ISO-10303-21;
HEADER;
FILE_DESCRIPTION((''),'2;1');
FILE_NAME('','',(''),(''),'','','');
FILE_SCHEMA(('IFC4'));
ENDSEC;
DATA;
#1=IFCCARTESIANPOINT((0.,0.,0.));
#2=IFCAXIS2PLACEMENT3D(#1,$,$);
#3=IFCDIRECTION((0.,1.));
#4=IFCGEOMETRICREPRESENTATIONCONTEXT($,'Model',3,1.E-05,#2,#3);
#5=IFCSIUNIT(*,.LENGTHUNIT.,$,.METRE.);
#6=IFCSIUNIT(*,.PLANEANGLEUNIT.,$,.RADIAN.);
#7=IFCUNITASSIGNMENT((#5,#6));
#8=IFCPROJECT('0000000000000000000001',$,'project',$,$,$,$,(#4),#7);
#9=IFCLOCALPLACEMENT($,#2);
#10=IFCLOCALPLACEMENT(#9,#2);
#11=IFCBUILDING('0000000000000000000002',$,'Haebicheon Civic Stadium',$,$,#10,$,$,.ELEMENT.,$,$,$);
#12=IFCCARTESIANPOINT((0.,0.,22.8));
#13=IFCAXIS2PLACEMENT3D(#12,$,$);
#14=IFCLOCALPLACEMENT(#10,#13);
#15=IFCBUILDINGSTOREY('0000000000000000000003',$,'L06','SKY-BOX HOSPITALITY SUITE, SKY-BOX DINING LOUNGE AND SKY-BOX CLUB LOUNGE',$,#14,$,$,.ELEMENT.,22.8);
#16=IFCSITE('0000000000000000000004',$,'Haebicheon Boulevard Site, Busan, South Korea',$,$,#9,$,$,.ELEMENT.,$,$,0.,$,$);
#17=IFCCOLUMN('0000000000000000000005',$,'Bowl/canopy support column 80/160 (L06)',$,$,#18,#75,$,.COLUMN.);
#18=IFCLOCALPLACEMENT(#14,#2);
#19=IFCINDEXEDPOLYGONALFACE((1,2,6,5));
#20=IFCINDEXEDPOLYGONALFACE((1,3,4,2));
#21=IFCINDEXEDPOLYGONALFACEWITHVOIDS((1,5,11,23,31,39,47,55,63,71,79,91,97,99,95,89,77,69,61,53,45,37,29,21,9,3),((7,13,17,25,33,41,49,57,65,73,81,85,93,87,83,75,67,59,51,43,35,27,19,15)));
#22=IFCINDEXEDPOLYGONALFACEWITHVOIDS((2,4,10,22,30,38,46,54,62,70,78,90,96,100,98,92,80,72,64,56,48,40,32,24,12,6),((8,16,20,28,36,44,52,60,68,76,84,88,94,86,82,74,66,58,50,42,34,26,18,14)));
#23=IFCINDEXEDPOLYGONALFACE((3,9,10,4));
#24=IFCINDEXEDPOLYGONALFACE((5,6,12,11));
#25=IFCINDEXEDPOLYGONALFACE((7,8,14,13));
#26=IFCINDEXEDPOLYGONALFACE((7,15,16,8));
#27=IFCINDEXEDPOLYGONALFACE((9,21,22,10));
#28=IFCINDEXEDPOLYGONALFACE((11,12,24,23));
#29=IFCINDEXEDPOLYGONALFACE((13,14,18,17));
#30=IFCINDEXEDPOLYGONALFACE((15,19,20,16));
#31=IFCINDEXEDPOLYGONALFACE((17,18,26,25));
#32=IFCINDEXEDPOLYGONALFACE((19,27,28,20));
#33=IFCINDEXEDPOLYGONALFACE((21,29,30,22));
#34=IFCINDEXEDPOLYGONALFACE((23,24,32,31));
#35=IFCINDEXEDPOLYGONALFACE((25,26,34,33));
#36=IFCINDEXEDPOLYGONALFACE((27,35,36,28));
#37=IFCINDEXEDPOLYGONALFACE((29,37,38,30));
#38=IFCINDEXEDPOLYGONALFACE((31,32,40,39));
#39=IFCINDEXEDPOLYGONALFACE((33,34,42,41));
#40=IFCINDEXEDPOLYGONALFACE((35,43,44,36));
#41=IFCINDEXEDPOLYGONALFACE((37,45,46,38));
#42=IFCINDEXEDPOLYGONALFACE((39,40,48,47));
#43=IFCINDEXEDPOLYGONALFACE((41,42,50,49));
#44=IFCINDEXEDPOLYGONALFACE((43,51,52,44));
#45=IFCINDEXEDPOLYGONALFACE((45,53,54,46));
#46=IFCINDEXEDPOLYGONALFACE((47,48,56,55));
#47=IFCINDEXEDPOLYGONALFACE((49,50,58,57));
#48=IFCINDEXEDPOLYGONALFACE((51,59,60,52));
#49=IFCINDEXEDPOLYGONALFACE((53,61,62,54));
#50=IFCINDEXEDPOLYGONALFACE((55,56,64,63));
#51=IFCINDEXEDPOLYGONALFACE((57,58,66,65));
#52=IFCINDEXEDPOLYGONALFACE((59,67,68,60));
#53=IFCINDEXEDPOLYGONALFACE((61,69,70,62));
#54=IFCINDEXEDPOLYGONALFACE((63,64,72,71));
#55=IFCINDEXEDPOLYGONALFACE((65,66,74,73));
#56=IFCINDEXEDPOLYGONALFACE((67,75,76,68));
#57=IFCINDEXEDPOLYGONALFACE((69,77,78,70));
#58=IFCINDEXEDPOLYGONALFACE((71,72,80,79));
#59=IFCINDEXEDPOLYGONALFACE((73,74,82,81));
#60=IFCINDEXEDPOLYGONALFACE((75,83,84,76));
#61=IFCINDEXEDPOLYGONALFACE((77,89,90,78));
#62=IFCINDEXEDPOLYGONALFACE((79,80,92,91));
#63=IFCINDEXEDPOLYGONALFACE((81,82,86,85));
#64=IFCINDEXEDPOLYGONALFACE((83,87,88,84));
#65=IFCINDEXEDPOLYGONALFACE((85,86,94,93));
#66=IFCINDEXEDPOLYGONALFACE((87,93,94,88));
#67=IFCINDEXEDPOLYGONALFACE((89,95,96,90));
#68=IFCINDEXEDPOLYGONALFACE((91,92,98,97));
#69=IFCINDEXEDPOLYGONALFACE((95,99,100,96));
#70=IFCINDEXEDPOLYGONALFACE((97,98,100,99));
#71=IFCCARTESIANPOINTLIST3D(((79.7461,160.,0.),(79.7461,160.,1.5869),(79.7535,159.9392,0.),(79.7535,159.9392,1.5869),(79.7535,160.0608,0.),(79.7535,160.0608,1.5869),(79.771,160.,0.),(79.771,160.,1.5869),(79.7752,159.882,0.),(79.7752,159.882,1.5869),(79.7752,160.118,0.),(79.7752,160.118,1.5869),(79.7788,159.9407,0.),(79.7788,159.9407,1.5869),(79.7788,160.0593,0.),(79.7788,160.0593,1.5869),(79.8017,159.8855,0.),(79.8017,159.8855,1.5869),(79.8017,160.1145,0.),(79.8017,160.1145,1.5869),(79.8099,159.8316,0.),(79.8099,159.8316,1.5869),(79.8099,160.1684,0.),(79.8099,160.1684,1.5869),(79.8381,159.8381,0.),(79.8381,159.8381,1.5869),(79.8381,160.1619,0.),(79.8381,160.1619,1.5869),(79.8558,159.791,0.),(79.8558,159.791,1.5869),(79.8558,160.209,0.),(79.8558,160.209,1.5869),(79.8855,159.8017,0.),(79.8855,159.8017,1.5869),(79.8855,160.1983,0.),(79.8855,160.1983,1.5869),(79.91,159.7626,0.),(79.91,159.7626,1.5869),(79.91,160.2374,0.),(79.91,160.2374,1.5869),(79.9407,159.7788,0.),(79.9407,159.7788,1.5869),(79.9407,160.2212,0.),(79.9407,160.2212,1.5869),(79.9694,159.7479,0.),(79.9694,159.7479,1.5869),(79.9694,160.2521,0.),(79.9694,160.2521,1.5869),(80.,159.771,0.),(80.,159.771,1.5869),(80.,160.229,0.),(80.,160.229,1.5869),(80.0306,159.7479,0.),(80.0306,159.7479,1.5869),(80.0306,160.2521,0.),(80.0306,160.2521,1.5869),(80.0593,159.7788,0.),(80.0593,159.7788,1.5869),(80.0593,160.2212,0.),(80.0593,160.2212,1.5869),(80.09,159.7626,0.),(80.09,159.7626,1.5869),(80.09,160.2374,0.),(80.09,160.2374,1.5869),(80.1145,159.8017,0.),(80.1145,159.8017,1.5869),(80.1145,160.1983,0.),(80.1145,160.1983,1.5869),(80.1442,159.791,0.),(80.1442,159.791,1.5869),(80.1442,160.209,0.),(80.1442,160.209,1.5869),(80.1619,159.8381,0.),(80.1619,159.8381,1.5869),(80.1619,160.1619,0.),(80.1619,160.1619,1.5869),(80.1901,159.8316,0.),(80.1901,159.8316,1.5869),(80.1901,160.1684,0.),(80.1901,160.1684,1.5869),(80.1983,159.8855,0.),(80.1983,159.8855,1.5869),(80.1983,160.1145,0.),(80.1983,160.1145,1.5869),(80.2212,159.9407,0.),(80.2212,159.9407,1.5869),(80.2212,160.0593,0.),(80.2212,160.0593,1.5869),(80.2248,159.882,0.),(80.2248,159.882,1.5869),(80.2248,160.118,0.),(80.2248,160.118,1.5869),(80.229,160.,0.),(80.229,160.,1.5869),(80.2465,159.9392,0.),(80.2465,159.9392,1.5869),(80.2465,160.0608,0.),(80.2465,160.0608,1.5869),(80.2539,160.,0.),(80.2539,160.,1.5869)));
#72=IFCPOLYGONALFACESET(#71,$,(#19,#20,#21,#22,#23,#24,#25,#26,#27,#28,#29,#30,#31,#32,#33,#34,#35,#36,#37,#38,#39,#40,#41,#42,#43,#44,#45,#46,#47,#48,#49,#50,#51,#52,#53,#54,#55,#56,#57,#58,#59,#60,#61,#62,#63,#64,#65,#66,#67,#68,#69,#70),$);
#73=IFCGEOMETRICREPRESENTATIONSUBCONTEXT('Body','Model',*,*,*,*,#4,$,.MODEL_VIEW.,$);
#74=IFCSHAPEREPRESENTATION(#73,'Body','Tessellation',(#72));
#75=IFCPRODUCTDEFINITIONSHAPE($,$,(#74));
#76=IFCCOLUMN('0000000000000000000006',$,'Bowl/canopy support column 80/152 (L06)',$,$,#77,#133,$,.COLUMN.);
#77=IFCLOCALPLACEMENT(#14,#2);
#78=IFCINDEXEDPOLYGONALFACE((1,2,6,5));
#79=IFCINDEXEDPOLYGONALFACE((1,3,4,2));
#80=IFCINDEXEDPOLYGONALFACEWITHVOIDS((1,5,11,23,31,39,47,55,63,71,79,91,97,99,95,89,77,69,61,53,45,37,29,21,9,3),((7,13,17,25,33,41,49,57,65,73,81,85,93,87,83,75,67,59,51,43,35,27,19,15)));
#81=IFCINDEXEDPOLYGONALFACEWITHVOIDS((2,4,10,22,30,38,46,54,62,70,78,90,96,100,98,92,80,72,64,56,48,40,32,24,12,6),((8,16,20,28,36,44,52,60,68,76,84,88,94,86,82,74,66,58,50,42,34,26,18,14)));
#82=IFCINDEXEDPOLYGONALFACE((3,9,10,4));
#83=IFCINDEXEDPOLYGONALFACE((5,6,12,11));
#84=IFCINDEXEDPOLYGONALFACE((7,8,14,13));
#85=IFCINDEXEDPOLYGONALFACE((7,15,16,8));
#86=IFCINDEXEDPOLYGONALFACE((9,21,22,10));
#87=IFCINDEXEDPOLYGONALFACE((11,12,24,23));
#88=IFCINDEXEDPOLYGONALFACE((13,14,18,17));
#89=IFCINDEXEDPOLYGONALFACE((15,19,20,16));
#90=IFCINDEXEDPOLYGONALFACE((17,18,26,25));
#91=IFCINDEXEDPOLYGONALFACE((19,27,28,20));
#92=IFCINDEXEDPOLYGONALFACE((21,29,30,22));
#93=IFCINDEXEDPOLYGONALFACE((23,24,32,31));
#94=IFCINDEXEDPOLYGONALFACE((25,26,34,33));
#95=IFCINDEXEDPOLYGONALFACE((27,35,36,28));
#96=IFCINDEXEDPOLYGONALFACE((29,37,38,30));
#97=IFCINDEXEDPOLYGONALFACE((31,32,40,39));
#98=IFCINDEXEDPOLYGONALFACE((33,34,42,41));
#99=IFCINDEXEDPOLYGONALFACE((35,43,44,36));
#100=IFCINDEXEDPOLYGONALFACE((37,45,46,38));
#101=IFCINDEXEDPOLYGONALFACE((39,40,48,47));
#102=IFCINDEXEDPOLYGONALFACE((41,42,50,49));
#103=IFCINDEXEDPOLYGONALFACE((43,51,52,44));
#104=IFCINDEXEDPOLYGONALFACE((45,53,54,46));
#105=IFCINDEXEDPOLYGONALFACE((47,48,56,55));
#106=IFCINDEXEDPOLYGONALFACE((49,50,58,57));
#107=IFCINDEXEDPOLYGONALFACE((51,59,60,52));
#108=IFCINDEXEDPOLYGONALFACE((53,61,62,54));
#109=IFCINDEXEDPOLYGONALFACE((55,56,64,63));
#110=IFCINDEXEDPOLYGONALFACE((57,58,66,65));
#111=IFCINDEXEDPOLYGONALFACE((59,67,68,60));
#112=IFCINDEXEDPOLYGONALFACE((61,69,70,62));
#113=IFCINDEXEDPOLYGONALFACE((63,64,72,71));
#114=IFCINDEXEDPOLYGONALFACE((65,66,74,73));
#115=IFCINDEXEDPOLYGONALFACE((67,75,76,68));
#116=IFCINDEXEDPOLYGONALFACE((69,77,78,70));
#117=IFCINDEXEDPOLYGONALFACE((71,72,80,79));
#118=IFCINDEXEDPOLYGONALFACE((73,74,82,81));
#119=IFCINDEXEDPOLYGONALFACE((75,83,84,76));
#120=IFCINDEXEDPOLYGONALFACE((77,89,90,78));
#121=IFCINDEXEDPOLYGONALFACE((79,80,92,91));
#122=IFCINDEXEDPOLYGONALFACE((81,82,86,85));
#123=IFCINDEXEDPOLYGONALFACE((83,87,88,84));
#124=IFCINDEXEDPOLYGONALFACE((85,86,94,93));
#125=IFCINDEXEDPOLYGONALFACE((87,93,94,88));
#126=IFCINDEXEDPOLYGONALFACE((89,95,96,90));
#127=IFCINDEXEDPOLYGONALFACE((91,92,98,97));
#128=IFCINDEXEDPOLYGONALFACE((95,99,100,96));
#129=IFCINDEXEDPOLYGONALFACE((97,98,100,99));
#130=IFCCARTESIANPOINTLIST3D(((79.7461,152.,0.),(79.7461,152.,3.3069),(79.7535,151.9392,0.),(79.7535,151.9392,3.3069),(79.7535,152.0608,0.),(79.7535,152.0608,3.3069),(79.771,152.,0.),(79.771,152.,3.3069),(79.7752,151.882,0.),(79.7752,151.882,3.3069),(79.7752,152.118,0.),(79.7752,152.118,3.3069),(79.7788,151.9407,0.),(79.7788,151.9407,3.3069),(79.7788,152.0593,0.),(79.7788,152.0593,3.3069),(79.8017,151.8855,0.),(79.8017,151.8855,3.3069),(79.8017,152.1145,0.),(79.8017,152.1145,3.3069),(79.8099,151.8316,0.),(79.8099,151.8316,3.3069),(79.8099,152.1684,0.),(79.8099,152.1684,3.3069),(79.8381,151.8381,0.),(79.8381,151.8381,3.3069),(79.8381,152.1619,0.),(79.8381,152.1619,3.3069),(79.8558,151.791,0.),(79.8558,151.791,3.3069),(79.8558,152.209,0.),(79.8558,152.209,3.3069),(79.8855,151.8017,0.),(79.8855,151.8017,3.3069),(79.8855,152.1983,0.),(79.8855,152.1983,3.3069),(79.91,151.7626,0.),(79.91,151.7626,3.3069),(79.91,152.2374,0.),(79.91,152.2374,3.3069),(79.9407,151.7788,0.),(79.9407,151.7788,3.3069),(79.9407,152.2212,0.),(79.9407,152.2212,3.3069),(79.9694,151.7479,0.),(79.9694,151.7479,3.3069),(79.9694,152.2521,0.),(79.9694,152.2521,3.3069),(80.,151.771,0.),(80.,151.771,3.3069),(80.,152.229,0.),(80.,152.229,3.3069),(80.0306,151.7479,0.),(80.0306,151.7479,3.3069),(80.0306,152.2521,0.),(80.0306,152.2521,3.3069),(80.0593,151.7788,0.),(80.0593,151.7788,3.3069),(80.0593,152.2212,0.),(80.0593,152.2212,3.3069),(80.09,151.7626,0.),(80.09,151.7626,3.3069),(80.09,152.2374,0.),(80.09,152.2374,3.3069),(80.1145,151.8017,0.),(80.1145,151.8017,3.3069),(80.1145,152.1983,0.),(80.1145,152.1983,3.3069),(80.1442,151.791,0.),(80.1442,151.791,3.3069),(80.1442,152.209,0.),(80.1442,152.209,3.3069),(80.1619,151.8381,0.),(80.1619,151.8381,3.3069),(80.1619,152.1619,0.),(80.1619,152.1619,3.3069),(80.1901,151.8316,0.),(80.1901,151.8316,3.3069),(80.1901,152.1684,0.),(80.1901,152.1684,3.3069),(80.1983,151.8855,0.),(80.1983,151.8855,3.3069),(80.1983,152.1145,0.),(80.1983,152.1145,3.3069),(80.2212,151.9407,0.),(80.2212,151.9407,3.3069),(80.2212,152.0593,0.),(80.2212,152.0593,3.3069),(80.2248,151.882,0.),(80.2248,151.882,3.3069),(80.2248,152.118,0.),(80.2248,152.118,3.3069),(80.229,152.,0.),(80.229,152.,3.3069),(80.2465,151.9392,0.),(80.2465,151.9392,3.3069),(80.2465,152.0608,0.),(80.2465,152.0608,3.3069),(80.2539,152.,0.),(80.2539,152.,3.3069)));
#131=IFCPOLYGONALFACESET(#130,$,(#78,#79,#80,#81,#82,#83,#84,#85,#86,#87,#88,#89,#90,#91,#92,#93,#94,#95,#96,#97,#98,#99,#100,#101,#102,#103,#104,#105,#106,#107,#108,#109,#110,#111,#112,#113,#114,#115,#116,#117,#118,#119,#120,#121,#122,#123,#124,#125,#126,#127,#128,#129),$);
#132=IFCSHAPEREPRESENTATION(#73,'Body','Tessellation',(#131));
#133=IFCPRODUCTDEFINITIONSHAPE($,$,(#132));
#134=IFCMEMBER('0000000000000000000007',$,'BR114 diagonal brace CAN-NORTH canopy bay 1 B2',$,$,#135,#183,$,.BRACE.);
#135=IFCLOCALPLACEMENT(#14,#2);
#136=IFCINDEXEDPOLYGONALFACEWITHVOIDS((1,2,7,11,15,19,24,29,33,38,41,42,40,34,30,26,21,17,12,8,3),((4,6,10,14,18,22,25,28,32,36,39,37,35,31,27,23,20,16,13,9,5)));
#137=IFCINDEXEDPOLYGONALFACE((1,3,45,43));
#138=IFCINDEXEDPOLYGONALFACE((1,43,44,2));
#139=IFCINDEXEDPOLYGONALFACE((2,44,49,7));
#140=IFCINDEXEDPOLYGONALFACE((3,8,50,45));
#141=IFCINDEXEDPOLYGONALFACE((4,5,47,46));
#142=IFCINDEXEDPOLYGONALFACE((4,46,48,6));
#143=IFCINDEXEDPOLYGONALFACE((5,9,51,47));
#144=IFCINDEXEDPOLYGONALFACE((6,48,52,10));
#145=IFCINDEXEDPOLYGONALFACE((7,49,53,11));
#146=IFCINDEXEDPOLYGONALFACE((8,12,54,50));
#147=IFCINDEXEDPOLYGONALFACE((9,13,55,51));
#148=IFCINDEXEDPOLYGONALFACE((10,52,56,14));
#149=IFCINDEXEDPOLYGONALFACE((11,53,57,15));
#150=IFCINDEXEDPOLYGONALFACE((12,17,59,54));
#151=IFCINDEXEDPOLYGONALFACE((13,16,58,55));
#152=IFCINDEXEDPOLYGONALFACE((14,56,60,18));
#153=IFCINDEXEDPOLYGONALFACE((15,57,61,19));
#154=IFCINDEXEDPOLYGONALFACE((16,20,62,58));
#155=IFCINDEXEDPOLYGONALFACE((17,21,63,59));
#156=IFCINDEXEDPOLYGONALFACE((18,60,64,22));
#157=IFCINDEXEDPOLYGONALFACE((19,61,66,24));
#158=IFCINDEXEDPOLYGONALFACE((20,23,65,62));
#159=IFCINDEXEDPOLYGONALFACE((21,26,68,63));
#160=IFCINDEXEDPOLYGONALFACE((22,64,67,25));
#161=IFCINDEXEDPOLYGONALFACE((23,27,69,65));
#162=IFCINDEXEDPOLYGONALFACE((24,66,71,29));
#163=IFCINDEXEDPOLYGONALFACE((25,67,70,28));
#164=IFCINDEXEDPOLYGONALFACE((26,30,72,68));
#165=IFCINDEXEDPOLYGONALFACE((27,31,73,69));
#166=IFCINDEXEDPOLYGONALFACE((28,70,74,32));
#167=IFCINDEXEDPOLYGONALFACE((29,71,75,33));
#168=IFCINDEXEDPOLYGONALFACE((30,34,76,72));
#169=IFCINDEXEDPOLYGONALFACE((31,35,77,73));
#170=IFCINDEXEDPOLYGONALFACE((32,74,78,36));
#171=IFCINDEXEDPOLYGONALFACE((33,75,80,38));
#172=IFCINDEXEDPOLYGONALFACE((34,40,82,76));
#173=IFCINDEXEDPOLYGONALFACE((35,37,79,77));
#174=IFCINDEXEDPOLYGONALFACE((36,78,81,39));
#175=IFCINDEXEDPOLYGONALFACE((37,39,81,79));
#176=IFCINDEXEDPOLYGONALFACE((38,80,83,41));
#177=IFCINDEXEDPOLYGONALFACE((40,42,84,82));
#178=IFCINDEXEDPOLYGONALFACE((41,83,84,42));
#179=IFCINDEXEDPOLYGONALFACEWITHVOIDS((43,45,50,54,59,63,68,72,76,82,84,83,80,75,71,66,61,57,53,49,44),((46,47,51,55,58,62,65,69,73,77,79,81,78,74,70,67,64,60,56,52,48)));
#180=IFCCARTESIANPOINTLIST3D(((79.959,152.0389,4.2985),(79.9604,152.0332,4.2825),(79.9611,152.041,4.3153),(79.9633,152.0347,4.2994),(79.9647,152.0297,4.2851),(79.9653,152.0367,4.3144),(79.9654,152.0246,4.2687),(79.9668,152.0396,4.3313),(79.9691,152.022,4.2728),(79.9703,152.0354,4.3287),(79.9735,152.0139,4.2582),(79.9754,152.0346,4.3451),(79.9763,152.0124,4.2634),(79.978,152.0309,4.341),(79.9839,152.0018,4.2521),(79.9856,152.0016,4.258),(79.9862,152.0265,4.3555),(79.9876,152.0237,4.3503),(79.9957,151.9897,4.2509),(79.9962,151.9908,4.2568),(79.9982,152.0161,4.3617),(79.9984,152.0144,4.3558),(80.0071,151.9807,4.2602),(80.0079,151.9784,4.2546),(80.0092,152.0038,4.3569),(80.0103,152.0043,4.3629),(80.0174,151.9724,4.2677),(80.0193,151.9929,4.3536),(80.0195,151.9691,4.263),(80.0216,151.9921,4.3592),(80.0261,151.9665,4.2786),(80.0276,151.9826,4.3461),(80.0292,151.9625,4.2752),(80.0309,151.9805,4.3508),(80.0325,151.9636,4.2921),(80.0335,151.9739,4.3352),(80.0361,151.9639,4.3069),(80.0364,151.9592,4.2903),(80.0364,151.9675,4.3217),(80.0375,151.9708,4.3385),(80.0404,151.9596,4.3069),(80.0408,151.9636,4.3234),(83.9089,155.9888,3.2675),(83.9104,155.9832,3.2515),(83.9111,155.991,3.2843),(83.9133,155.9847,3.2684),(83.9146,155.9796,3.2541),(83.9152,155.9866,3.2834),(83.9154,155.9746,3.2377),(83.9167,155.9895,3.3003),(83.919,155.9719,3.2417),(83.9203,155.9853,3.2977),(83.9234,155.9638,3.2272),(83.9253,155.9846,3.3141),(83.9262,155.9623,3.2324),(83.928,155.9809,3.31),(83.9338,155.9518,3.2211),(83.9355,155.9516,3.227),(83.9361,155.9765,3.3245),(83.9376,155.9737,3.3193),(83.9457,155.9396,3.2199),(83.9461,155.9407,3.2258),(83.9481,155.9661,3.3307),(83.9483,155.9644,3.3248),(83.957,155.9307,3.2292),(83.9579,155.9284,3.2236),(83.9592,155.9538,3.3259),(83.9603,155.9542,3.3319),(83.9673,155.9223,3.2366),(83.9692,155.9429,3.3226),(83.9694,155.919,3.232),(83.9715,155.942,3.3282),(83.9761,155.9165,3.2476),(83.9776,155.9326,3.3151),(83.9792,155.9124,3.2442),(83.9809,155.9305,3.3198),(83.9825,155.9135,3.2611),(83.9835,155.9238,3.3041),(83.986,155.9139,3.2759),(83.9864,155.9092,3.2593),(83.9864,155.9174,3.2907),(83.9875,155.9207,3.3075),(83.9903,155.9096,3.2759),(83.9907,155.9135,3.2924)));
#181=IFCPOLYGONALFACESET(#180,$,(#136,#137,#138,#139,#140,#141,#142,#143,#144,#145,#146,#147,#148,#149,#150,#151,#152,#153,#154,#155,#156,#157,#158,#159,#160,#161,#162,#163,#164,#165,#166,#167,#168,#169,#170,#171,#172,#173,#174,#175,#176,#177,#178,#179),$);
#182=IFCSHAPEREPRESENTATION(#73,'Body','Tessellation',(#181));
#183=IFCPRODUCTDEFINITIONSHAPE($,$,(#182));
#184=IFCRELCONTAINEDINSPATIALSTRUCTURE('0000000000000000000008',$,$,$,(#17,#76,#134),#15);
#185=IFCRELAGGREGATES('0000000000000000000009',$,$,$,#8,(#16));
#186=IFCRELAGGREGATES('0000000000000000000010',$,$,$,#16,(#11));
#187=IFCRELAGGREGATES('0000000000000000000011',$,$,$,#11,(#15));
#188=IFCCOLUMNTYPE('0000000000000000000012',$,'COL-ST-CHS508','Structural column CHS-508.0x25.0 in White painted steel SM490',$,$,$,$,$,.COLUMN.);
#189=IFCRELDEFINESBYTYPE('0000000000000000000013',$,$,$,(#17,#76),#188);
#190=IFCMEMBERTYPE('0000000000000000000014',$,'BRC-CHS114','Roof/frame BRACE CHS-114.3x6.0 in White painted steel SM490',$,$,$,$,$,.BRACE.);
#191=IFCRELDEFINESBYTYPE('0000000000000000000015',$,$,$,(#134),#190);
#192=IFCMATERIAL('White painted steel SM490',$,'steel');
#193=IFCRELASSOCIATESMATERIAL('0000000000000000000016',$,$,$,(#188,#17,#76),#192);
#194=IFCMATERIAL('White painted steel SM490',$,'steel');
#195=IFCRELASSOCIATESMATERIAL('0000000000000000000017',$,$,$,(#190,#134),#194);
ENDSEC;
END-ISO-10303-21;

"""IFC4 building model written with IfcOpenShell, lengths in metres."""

from ifc_helpers import new_model, si_unit, direction, frame, origin, origin_2d, place, context, subcontext, project, spatial, hollow_circle, extrude, material, material_profile, profile_set, type_object, element, save


model = new_model("IFC4")

# Units and contexts
model_context = context("Model", 3, precision=1e-05, world=origin(), true_north=direction((0.0, 1.0)))
body_context = subcontext(model_context, "Body", "Model", "MODEL_VIEW")
ifc_project = project(units=[si_unit("LENGTHUNIT", "METRE"), si_unit("PLANEANGLEUNIT", "RADIAN")], contexts=[model_context])

# Site, building, storey
site_placement = place(None, origin())
site = spatial("IfcSite", under=ifc_project, at=site_placement, Name="Haebicheon Boulevard Site, Busan, South Korea", CompositionType="ELEMENT", RefElevation=0.0)
building_placement = place(site_placement, origin())
building = spatial("IfcBuilding", under=site, at=building_placement, Name="Haebicheon Civic Stadium", CompositionType="ELEMENT")
storey_placement = place(building_placement, frame((0.0, 0.0, 22.8)))
storey = spatial("IfcBuildingStorey", under=building, at=storey_placement, Name="L06", Description="SKY-BOX HOSPITALITY SUITE, SKY-BOX DINING LOUNGE AND SKY-BOX CLUB LOUNGE", CompositionType="ELEMENT", Elevation=22.8)

# Columns
ifc_material_1 = material(Name="White painted steel SM490", Category="steel")
ifc_material_profile_1 = material_profile(ifc_material_1, hollow_circle(Radius=0.2539, WallThickness=0.0249, at=origin_2d()), Name="CHS-508.0x25.0")
ifc_profile_set_1 = profile_set([ifc_material_profile_1], Name="White painted steel SM490")
column_type = type_object("IfcColumnType", Name="COL-ST-CHS508", Description="Structural column CHS-508.0x25.0 in White painted steel SM490", PredefinedType="COLUMN", material=ifc_profile_set_1)
column_1_placement = place(storey_placement, frame((80.0, 160.0, 0.0), z_axis=(0.0, 0.0, 1.0), x_axis=(1.0, 0.0, 0.0)))
element("IfcColumn", 1, at=column_1_placement, inside=storey, type_object=column_type, material=ifc_profile_set_1, Name="Bowl/canopy support column 80/160 (L06)", PredefinedType="COLUMN", context=body_context, shape_type="SweptSolid", body=[
    extrude(hollow_circle(Radius=0.2539, WallThickness=0.0249, at=origin_2d()), origin(), (0.0, 0.0, 1.0), 1.5869),
])
column_2_placement = place(storey_placement, frame((80.0, 152.0, 0.0), z_axis=(0.0, 0.0, 1.0), x_axis=(1.0, 0.0, 0.0)))
element("IfcColumn", 2, at=column_2_placement, inside=storey, type_object=column_type, material=ifc_profile_set_1, Name="Bowl/canopy support column 80/152 (L06)", PredefinedType="COLUMN", context=body_context, shape_type="SweptSolid", body=[
    extrude(hollow_circle(Radius=0.2539, WallThickness=0.0249, at=origin_2d()), origin(), (0.0, 0.0, 1.0), 3.3069),
])

# Member
ifc_material_2 = material(Name="White painted steel SM490", Category="steel")
ifc_material_profile_2 = material_profile(ifc_material_2, hollow_circle(Radius=0.0571, WallThickness=0.0061, at=origin_2d()), Name="CHS-114.3x6.0")
ifc_profile_set_2 = profile_set([ifc_material_profile_2], Name="White painted steel SM490")
member_type_1 = type_object("IfcMemberType", Name="BRC-CHS114", Description="Roof/frame BRACE CHS-114.3x6.0 in White painted steel SM490", PredefinedType="BRACE", material=ifc_profile_set_2)
member_1_placement = place(storey_placement, frame((83.95, 155.95, 3.2759), z_axis=(-0.695362, -0.695362, 0.181502), x_axis=(0.707107, -0.707107, 0.0)))
element("IfcMember", 3, at=member_1_placement, inside=storey, type_object=member_type_1, material=ifc_profile_set_2, Name="BR114 diagonal brace CAN-NORTH canopy bay 1 B2", PredefinedType="BRACE", context=body_context, shape_type="SweptSolid", body=[
    extrude(hollow_circle(Radius=0.0571, WallThickness=0.0061, at=origin_2d()), origin(), (0.0, 0.0, 1.0), 5.6804),
])

save(model, "model.ifc")
